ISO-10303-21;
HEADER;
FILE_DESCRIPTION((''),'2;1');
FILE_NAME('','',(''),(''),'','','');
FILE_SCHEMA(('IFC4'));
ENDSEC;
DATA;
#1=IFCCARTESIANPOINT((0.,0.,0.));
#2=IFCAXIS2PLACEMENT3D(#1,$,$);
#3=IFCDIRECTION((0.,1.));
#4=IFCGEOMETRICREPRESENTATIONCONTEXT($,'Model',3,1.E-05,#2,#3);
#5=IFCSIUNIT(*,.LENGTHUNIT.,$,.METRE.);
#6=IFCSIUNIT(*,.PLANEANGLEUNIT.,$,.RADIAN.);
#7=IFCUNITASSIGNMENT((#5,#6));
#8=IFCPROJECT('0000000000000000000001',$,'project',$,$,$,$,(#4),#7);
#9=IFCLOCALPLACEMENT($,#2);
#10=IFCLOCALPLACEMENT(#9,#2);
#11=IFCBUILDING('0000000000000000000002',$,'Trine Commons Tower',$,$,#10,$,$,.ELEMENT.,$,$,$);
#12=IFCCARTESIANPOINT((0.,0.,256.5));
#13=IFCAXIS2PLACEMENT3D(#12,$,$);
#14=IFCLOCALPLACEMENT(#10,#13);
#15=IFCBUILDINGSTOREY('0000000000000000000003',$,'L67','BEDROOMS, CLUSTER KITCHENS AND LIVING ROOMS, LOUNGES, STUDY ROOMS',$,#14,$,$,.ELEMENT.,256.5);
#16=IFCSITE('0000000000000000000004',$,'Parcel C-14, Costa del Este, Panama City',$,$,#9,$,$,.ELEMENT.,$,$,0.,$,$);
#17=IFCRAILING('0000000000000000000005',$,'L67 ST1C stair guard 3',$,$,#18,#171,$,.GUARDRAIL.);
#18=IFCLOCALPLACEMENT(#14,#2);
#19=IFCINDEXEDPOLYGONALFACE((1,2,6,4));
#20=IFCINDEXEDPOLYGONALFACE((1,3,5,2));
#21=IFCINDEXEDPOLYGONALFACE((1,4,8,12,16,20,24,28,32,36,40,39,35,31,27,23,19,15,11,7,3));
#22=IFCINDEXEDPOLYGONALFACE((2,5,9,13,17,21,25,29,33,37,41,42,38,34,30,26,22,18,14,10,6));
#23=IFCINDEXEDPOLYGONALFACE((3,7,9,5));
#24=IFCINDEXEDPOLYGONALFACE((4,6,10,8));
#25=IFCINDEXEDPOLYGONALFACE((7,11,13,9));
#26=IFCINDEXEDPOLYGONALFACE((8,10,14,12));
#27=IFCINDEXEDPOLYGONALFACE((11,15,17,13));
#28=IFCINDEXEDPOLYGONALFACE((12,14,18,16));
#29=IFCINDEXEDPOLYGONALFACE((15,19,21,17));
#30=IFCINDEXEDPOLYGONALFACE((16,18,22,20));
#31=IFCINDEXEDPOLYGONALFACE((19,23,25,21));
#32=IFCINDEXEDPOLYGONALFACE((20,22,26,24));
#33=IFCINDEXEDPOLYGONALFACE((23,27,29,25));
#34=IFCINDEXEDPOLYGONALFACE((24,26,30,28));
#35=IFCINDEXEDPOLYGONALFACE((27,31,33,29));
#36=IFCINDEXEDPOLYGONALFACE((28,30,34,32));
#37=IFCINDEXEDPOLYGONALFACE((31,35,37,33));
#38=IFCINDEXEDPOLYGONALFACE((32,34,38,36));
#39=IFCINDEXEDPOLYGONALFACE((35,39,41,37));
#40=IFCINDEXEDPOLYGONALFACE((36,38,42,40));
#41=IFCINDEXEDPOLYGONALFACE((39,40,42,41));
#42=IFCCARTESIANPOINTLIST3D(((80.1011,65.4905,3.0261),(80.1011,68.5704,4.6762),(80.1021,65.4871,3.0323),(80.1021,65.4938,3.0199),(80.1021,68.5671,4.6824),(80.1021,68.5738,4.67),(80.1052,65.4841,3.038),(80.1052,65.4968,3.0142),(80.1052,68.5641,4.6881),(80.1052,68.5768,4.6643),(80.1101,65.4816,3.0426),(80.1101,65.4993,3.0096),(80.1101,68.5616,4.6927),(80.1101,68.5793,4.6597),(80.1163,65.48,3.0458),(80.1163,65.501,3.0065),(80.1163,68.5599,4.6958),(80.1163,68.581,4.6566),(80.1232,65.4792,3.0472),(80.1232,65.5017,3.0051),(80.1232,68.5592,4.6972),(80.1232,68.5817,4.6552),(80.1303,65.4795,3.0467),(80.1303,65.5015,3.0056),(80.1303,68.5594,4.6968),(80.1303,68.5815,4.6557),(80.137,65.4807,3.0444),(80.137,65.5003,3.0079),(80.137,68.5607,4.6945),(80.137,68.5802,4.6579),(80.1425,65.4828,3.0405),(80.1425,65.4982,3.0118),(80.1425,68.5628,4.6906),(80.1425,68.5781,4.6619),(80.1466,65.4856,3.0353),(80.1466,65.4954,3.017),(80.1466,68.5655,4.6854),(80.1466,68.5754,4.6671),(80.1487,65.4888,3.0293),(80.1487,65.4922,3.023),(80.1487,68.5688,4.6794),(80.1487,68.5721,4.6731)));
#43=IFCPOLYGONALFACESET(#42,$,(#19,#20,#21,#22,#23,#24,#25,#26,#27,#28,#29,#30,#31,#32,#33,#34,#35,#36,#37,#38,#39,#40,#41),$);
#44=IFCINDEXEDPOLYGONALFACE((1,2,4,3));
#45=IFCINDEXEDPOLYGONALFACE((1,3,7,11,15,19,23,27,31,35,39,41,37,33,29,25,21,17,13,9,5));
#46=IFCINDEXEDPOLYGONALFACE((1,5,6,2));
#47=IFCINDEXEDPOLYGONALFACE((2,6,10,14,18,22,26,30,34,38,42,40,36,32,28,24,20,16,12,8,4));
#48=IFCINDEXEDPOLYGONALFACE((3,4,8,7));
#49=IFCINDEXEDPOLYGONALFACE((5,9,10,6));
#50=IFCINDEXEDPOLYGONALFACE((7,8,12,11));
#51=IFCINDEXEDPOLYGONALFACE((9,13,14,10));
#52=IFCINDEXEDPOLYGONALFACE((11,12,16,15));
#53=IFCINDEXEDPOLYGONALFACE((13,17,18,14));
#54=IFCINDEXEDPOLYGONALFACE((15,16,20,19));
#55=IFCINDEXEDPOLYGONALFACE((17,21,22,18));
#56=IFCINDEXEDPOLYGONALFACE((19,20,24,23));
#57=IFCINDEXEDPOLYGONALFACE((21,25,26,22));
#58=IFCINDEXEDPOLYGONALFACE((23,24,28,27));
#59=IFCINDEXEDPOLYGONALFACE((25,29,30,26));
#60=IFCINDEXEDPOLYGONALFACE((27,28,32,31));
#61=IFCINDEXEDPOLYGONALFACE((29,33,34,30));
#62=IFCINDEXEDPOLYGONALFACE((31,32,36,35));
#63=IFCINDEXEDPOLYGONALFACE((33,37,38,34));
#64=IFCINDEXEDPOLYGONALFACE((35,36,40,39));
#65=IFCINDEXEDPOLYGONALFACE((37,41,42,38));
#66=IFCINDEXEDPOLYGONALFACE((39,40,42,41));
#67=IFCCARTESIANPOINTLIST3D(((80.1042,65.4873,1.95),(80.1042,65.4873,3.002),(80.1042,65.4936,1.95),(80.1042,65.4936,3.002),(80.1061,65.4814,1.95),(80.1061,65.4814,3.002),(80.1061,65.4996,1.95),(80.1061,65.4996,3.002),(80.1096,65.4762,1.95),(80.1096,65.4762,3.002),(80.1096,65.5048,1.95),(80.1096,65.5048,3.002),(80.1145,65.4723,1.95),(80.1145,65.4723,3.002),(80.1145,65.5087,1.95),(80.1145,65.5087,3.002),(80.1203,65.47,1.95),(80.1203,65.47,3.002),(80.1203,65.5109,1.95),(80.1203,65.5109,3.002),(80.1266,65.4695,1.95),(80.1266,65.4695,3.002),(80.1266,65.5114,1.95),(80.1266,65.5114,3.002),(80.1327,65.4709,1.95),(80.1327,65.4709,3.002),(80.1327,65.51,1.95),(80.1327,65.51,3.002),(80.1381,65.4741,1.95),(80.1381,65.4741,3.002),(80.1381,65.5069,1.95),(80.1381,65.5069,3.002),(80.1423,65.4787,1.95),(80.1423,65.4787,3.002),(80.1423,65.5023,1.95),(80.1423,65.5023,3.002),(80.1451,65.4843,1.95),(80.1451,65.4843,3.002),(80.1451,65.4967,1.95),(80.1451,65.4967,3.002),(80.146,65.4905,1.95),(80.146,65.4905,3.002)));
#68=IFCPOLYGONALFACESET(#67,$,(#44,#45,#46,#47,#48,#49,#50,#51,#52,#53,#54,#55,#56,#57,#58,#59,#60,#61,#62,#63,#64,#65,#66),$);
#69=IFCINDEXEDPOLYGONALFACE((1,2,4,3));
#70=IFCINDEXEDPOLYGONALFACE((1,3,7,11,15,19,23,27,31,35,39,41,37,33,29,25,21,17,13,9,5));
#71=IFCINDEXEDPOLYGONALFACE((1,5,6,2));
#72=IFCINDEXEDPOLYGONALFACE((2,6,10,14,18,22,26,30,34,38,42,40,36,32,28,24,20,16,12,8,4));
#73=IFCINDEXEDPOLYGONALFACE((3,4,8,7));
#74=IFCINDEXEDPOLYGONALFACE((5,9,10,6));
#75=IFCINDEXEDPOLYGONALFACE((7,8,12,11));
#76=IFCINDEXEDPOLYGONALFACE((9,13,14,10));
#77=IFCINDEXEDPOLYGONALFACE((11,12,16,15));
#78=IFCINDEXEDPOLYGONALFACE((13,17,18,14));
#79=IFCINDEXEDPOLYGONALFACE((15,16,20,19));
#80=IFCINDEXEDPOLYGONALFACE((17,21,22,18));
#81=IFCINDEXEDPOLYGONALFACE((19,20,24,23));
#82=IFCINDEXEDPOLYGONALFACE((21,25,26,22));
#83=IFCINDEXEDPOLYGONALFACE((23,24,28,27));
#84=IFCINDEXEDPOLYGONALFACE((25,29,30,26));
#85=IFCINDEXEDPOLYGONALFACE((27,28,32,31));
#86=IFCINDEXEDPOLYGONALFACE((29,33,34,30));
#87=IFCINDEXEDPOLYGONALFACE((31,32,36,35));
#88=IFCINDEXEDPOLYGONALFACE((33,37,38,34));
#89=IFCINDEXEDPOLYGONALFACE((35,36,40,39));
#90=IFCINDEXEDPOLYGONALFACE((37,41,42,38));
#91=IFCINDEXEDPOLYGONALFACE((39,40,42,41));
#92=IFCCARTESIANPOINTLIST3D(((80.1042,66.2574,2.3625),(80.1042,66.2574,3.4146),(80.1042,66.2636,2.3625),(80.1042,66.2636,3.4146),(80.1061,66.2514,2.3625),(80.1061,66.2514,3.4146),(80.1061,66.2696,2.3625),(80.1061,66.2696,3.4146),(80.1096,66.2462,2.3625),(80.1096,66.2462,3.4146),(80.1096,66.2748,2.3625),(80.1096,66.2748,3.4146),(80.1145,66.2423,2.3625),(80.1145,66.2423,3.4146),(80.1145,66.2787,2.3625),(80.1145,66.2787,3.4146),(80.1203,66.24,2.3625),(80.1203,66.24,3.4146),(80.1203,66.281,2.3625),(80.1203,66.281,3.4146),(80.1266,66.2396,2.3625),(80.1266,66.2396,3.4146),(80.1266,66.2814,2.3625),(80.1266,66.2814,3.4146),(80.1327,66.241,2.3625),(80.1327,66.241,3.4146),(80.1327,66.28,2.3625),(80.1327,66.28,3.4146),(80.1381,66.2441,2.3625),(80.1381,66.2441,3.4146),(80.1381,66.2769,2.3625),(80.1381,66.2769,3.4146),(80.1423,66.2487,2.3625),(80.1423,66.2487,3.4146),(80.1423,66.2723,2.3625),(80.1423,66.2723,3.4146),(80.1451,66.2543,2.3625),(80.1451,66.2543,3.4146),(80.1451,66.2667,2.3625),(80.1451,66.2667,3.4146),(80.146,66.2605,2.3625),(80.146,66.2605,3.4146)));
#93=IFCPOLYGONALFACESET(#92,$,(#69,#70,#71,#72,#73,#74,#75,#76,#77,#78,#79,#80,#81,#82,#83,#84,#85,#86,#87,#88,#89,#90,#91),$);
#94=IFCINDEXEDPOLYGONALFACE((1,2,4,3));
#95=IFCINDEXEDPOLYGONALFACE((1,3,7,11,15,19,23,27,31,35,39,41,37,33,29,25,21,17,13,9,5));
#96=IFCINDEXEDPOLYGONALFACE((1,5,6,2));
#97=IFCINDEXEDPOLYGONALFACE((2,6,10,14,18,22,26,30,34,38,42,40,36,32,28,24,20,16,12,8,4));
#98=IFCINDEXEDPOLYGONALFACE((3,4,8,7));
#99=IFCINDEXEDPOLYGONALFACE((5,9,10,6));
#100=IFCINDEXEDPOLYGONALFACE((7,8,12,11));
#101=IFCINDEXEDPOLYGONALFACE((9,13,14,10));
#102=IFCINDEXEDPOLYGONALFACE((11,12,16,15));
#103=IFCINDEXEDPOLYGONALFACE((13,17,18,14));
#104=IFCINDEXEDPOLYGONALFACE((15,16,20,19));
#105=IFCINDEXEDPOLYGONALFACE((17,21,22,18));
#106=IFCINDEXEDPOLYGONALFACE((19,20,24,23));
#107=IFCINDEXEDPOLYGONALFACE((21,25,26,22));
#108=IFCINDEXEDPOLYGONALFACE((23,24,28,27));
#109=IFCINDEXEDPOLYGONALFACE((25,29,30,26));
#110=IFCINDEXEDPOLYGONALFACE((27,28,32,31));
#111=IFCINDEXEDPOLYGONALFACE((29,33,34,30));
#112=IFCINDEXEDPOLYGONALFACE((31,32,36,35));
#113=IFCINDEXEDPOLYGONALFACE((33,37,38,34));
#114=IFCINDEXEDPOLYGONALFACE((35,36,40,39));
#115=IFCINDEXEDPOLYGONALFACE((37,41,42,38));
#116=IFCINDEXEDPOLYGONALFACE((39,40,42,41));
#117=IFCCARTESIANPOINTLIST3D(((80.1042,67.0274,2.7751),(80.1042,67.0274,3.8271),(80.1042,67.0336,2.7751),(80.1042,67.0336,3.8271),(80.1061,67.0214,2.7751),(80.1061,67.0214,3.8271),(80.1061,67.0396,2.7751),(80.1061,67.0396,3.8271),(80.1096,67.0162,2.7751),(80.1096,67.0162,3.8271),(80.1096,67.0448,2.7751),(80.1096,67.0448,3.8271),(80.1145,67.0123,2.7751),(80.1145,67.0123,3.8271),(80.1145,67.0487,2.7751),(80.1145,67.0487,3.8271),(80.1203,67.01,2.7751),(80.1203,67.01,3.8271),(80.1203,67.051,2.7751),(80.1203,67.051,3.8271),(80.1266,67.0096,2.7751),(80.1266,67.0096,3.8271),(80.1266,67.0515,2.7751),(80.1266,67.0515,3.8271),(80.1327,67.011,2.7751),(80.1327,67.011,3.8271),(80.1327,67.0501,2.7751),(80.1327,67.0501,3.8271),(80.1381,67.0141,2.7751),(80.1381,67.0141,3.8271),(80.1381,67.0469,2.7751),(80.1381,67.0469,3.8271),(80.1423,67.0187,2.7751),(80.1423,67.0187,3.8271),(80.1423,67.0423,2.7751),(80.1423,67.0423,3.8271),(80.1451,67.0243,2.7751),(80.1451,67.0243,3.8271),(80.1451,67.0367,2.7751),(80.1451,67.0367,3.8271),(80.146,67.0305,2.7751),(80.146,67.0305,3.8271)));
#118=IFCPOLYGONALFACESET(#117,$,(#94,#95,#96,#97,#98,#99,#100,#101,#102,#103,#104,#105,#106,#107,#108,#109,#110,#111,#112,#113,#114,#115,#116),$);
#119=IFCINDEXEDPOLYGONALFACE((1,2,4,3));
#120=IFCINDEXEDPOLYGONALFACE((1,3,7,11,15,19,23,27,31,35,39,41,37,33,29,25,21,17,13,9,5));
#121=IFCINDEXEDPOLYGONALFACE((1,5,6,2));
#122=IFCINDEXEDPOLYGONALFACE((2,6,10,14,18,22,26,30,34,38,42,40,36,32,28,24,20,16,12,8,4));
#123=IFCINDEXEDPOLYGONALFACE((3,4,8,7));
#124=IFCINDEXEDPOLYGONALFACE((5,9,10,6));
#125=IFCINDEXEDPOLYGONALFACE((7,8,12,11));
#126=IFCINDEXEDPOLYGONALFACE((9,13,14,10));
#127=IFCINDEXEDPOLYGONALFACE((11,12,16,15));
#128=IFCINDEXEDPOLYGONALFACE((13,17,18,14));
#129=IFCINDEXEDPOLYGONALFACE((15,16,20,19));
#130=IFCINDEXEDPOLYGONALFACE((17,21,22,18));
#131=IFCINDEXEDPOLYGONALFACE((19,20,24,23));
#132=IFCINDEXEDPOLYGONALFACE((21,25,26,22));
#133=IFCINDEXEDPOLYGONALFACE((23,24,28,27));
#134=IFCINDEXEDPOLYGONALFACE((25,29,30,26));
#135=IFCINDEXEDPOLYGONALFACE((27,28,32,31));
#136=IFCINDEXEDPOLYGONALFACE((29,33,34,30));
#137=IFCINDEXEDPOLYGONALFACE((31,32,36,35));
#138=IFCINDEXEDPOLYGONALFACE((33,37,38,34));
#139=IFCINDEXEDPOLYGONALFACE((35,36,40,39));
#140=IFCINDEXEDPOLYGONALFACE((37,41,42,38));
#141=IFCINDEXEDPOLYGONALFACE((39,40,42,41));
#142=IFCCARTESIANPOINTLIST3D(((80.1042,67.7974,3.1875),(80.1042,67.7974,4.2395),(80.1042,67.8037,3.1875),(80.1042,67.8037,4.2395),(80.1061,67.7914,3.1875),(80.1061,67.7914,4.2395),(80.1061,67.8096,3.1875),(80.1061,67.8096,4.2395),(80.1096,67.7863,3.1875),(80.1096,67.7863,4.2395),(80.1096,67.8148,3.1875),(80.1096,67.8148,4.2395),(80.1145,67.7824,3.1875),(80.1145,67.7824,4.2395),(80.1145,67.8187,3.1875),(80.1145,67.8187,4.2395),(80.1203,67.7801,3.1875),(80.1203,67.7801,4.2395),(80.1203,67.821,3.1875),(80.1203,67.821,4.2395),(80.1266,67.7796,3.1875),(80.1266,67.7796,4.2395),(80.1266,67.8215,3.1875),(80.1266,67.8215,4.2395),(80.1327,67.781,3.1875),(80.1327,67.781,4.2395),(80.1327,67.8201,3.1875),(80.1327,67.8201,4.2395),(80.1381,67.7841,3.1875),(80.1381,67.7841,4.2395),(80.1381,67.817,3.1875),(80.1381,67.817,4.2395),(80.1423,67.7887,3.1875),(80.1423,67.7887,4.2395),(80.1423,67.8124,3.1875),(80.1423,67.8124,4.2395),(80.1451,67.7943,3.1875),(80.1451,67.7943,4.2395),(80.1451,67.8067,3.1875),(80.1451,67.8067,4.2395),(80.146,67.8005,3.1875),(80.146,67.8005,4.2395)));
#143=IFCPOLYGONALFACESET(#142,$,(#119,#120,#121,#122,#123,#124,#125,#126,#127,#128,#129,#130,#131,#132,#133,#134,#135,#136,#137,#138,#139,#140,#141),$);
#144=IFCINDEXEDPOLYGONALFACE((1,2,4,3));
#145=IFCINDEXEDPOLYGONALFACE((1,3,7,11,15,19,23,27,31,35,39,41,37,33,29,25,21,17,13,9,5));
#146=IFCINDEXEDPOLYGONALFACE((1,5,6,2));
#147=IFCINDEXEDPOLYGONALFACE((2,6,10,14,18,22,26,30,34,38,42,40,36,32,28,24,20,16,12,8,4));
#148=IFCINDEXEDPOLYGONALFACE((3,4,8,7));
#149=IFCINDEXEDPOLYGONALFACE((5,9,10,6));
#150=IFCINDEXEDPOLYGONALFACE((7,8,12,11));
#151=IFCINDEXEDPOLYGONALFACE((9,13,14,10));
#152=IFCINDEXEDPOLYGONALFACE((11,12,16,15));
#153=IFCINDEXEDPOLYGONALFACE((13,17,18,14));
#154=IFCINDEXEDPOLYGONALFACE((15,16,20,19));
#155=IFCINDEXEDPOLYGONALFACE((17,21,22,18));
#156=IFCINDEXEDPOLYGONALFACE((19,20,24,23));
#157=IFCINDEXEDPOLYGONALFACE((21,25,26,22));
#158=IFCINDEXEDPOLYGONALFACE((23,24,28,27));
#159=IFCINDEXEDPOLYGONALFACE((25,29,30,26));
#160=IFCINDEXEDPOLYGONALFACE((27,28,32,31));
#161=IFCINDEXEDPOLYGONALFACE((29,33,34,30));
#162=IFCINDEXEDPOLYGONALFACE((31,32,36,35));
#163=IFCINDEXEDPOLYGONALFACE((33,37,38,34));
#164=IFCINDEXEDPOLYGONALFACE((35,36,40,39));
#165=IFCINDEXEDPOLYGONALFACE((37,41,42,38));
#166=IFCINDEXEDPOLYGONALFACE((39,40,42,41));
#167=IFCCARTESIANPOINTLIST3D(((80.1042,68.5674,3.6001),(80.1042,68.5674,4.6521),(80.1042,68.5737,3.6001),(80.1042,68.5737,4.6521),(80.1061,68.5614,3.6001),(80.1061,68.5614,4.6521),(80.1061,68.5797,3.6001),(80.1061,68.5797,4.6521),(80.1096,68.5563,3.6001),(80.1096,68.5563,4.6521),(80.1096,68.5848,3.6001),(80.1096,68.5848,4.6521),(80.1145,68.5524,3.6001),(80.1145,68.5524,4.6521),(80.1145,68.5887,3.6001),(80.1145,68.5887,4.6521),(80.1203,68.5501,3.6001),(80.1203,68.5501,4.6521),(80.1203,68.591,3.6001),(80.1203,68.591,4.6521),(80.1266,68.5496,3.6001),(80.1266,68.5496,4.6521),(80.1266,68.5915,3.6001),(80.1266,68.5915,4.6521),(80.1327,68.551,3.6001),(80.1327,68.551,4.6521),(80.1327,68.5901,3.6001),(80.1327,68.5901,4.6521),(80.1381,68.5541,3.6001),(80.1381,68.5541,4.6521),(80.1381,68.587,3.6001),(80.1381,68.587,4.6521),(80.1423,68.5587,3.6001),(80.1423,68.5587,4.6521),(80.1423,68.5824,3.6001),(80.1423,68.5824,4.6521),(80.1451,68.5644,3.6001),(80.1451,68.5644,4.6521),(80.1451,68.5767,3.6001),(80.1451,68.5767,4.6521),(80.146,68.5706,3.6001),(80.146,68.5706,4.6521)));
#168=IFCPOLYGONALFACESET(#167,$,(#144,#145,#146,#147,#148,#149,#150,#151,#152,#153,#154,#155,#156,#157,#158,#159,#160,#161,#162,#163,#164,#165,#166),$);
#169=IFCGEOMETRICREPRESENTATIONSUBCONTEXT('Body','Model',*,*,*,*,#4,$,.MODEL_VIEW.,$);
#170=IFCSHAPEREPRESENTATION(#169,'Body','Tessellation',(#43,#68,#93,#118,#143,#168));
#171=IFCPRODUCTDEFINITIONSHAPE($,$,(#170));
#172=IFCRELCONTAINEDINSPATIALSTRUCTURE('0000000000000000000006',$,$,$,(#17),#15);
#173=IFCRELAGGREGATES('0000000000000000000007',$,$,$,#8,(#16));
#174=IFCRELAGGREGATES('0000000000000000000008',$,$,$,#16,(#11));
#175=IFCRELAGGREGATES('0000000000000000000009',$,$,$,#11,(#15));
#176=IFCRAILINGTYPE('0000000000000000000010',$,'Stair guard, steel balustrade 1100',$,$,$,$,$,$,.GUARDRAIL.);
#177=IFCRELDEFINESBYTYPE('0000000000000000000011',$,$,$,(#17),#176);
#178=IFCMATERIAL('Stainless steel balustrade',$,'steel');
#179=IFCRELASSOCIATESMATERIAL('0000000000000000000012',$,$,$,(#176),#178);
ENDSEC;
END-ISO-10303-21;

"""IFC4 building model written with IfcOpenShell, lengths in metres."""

from ifc_helpers import new_model, si_unit, direction, frame, origin, origin_2d, place, context, subcontext, project, spatial, circle, extrude, material, type_object, element, save


model = new_model("IFC4")

# Units and contexts
model_context = context("Model", 3, precision=1e-05, world=origin(), true_north=direction((0.0, 1.0)))
body_context = subcontext(model_context, "Body", "Model", "MODEL_VIEW")
ifc_project = project(units=[si_unit("LENGTHUNIT", "METRE"), si_unit("PLANEANGLEUNIT", "RADIAN")], contexts=[model_context])

# Site, building, storey
site_placement = place(None, origin())
site = spatial("IfcSite", under=ifc_project, at=site_placement, Name="Parcel C-14, Costa del Este, Panama City", CompositionType="ELEMENT", RefElevation=0.0)
building_placement = place(site_placement, origin())
building = spatial("IfcBuilding", under=site, at=building_placement, Name="Trine Commons Tower", CompositionType="ELEMENT")
storey_placement = place(building_placement, frame((0.0, 0.0, 256.5)))
storey = spatial("IfcBuildingStorey", under=building, at=storey_placement, Name="L67", Description="BEDROOMS, CLUSTER KITCHENS AND LIVING ROOMS, LOUNGES, STUDY ROOMS", CompositionType="ELEMENT", Elevation=256.5)

# Railing
ifc_material_1 = material(Name="Stainless steel balustrade", Category="steel")
railing_type_1 = type_object("IfcRailingType", Name="Stair guard, steel balustrade 1100", PredefinedType="GUARDRAIL", material=ifc_material_1)
railing_1_placement = place(storey_placement, frame((80.125, 65.4905, 1.95)))
element("IfcRailing", 1, at=railing_1_placement, inside=storey, type_object=railing_type_1, Name="L67 ST1C stair guard 3", PredefinedType="GUARDRAIL", context=body_context, shape_type="SweptSolid", body=[
    extrude(circle(Radius=0.0239, at=origin_2d()), frame((0.0, 0.0, 1.0762), z_axis=(0.0, 0.881468, 0.472245), x_axis=(-1.0, 0.0, 0.0)), (0.0, 0.0, 1.0), 3.4941),
    extrude(circle(Radius=0.021, at=origin_2d()), origin(), (0.0, 0.0, 1.0), 1.052),
    extrude(circle(Radius=0.021, at=origin_2d()), frame((0.0, 0.77, 0.4126)), (0.0, 0.0, 1.0), 1.052),
    extrude(circle(Radius=0.021, at=origin_2d()), frame((0.0, 1.54, 0.8252)), (0.0, 0.0, 1.0), 1.052),
    extrude(circle(Radius=0.021, at=origin_2d()), frame((0.0, 2.3101, 1.2375)), (0.0, 0.0, 1.0), 1.052),
    extrude(circle(Radius=0.021, at=origin_2d()), frame((0.0, 3.0801, 1.6501)), (0.0, 0.0, 1.0), 1.052),
])

save(model, "model.ifc")
